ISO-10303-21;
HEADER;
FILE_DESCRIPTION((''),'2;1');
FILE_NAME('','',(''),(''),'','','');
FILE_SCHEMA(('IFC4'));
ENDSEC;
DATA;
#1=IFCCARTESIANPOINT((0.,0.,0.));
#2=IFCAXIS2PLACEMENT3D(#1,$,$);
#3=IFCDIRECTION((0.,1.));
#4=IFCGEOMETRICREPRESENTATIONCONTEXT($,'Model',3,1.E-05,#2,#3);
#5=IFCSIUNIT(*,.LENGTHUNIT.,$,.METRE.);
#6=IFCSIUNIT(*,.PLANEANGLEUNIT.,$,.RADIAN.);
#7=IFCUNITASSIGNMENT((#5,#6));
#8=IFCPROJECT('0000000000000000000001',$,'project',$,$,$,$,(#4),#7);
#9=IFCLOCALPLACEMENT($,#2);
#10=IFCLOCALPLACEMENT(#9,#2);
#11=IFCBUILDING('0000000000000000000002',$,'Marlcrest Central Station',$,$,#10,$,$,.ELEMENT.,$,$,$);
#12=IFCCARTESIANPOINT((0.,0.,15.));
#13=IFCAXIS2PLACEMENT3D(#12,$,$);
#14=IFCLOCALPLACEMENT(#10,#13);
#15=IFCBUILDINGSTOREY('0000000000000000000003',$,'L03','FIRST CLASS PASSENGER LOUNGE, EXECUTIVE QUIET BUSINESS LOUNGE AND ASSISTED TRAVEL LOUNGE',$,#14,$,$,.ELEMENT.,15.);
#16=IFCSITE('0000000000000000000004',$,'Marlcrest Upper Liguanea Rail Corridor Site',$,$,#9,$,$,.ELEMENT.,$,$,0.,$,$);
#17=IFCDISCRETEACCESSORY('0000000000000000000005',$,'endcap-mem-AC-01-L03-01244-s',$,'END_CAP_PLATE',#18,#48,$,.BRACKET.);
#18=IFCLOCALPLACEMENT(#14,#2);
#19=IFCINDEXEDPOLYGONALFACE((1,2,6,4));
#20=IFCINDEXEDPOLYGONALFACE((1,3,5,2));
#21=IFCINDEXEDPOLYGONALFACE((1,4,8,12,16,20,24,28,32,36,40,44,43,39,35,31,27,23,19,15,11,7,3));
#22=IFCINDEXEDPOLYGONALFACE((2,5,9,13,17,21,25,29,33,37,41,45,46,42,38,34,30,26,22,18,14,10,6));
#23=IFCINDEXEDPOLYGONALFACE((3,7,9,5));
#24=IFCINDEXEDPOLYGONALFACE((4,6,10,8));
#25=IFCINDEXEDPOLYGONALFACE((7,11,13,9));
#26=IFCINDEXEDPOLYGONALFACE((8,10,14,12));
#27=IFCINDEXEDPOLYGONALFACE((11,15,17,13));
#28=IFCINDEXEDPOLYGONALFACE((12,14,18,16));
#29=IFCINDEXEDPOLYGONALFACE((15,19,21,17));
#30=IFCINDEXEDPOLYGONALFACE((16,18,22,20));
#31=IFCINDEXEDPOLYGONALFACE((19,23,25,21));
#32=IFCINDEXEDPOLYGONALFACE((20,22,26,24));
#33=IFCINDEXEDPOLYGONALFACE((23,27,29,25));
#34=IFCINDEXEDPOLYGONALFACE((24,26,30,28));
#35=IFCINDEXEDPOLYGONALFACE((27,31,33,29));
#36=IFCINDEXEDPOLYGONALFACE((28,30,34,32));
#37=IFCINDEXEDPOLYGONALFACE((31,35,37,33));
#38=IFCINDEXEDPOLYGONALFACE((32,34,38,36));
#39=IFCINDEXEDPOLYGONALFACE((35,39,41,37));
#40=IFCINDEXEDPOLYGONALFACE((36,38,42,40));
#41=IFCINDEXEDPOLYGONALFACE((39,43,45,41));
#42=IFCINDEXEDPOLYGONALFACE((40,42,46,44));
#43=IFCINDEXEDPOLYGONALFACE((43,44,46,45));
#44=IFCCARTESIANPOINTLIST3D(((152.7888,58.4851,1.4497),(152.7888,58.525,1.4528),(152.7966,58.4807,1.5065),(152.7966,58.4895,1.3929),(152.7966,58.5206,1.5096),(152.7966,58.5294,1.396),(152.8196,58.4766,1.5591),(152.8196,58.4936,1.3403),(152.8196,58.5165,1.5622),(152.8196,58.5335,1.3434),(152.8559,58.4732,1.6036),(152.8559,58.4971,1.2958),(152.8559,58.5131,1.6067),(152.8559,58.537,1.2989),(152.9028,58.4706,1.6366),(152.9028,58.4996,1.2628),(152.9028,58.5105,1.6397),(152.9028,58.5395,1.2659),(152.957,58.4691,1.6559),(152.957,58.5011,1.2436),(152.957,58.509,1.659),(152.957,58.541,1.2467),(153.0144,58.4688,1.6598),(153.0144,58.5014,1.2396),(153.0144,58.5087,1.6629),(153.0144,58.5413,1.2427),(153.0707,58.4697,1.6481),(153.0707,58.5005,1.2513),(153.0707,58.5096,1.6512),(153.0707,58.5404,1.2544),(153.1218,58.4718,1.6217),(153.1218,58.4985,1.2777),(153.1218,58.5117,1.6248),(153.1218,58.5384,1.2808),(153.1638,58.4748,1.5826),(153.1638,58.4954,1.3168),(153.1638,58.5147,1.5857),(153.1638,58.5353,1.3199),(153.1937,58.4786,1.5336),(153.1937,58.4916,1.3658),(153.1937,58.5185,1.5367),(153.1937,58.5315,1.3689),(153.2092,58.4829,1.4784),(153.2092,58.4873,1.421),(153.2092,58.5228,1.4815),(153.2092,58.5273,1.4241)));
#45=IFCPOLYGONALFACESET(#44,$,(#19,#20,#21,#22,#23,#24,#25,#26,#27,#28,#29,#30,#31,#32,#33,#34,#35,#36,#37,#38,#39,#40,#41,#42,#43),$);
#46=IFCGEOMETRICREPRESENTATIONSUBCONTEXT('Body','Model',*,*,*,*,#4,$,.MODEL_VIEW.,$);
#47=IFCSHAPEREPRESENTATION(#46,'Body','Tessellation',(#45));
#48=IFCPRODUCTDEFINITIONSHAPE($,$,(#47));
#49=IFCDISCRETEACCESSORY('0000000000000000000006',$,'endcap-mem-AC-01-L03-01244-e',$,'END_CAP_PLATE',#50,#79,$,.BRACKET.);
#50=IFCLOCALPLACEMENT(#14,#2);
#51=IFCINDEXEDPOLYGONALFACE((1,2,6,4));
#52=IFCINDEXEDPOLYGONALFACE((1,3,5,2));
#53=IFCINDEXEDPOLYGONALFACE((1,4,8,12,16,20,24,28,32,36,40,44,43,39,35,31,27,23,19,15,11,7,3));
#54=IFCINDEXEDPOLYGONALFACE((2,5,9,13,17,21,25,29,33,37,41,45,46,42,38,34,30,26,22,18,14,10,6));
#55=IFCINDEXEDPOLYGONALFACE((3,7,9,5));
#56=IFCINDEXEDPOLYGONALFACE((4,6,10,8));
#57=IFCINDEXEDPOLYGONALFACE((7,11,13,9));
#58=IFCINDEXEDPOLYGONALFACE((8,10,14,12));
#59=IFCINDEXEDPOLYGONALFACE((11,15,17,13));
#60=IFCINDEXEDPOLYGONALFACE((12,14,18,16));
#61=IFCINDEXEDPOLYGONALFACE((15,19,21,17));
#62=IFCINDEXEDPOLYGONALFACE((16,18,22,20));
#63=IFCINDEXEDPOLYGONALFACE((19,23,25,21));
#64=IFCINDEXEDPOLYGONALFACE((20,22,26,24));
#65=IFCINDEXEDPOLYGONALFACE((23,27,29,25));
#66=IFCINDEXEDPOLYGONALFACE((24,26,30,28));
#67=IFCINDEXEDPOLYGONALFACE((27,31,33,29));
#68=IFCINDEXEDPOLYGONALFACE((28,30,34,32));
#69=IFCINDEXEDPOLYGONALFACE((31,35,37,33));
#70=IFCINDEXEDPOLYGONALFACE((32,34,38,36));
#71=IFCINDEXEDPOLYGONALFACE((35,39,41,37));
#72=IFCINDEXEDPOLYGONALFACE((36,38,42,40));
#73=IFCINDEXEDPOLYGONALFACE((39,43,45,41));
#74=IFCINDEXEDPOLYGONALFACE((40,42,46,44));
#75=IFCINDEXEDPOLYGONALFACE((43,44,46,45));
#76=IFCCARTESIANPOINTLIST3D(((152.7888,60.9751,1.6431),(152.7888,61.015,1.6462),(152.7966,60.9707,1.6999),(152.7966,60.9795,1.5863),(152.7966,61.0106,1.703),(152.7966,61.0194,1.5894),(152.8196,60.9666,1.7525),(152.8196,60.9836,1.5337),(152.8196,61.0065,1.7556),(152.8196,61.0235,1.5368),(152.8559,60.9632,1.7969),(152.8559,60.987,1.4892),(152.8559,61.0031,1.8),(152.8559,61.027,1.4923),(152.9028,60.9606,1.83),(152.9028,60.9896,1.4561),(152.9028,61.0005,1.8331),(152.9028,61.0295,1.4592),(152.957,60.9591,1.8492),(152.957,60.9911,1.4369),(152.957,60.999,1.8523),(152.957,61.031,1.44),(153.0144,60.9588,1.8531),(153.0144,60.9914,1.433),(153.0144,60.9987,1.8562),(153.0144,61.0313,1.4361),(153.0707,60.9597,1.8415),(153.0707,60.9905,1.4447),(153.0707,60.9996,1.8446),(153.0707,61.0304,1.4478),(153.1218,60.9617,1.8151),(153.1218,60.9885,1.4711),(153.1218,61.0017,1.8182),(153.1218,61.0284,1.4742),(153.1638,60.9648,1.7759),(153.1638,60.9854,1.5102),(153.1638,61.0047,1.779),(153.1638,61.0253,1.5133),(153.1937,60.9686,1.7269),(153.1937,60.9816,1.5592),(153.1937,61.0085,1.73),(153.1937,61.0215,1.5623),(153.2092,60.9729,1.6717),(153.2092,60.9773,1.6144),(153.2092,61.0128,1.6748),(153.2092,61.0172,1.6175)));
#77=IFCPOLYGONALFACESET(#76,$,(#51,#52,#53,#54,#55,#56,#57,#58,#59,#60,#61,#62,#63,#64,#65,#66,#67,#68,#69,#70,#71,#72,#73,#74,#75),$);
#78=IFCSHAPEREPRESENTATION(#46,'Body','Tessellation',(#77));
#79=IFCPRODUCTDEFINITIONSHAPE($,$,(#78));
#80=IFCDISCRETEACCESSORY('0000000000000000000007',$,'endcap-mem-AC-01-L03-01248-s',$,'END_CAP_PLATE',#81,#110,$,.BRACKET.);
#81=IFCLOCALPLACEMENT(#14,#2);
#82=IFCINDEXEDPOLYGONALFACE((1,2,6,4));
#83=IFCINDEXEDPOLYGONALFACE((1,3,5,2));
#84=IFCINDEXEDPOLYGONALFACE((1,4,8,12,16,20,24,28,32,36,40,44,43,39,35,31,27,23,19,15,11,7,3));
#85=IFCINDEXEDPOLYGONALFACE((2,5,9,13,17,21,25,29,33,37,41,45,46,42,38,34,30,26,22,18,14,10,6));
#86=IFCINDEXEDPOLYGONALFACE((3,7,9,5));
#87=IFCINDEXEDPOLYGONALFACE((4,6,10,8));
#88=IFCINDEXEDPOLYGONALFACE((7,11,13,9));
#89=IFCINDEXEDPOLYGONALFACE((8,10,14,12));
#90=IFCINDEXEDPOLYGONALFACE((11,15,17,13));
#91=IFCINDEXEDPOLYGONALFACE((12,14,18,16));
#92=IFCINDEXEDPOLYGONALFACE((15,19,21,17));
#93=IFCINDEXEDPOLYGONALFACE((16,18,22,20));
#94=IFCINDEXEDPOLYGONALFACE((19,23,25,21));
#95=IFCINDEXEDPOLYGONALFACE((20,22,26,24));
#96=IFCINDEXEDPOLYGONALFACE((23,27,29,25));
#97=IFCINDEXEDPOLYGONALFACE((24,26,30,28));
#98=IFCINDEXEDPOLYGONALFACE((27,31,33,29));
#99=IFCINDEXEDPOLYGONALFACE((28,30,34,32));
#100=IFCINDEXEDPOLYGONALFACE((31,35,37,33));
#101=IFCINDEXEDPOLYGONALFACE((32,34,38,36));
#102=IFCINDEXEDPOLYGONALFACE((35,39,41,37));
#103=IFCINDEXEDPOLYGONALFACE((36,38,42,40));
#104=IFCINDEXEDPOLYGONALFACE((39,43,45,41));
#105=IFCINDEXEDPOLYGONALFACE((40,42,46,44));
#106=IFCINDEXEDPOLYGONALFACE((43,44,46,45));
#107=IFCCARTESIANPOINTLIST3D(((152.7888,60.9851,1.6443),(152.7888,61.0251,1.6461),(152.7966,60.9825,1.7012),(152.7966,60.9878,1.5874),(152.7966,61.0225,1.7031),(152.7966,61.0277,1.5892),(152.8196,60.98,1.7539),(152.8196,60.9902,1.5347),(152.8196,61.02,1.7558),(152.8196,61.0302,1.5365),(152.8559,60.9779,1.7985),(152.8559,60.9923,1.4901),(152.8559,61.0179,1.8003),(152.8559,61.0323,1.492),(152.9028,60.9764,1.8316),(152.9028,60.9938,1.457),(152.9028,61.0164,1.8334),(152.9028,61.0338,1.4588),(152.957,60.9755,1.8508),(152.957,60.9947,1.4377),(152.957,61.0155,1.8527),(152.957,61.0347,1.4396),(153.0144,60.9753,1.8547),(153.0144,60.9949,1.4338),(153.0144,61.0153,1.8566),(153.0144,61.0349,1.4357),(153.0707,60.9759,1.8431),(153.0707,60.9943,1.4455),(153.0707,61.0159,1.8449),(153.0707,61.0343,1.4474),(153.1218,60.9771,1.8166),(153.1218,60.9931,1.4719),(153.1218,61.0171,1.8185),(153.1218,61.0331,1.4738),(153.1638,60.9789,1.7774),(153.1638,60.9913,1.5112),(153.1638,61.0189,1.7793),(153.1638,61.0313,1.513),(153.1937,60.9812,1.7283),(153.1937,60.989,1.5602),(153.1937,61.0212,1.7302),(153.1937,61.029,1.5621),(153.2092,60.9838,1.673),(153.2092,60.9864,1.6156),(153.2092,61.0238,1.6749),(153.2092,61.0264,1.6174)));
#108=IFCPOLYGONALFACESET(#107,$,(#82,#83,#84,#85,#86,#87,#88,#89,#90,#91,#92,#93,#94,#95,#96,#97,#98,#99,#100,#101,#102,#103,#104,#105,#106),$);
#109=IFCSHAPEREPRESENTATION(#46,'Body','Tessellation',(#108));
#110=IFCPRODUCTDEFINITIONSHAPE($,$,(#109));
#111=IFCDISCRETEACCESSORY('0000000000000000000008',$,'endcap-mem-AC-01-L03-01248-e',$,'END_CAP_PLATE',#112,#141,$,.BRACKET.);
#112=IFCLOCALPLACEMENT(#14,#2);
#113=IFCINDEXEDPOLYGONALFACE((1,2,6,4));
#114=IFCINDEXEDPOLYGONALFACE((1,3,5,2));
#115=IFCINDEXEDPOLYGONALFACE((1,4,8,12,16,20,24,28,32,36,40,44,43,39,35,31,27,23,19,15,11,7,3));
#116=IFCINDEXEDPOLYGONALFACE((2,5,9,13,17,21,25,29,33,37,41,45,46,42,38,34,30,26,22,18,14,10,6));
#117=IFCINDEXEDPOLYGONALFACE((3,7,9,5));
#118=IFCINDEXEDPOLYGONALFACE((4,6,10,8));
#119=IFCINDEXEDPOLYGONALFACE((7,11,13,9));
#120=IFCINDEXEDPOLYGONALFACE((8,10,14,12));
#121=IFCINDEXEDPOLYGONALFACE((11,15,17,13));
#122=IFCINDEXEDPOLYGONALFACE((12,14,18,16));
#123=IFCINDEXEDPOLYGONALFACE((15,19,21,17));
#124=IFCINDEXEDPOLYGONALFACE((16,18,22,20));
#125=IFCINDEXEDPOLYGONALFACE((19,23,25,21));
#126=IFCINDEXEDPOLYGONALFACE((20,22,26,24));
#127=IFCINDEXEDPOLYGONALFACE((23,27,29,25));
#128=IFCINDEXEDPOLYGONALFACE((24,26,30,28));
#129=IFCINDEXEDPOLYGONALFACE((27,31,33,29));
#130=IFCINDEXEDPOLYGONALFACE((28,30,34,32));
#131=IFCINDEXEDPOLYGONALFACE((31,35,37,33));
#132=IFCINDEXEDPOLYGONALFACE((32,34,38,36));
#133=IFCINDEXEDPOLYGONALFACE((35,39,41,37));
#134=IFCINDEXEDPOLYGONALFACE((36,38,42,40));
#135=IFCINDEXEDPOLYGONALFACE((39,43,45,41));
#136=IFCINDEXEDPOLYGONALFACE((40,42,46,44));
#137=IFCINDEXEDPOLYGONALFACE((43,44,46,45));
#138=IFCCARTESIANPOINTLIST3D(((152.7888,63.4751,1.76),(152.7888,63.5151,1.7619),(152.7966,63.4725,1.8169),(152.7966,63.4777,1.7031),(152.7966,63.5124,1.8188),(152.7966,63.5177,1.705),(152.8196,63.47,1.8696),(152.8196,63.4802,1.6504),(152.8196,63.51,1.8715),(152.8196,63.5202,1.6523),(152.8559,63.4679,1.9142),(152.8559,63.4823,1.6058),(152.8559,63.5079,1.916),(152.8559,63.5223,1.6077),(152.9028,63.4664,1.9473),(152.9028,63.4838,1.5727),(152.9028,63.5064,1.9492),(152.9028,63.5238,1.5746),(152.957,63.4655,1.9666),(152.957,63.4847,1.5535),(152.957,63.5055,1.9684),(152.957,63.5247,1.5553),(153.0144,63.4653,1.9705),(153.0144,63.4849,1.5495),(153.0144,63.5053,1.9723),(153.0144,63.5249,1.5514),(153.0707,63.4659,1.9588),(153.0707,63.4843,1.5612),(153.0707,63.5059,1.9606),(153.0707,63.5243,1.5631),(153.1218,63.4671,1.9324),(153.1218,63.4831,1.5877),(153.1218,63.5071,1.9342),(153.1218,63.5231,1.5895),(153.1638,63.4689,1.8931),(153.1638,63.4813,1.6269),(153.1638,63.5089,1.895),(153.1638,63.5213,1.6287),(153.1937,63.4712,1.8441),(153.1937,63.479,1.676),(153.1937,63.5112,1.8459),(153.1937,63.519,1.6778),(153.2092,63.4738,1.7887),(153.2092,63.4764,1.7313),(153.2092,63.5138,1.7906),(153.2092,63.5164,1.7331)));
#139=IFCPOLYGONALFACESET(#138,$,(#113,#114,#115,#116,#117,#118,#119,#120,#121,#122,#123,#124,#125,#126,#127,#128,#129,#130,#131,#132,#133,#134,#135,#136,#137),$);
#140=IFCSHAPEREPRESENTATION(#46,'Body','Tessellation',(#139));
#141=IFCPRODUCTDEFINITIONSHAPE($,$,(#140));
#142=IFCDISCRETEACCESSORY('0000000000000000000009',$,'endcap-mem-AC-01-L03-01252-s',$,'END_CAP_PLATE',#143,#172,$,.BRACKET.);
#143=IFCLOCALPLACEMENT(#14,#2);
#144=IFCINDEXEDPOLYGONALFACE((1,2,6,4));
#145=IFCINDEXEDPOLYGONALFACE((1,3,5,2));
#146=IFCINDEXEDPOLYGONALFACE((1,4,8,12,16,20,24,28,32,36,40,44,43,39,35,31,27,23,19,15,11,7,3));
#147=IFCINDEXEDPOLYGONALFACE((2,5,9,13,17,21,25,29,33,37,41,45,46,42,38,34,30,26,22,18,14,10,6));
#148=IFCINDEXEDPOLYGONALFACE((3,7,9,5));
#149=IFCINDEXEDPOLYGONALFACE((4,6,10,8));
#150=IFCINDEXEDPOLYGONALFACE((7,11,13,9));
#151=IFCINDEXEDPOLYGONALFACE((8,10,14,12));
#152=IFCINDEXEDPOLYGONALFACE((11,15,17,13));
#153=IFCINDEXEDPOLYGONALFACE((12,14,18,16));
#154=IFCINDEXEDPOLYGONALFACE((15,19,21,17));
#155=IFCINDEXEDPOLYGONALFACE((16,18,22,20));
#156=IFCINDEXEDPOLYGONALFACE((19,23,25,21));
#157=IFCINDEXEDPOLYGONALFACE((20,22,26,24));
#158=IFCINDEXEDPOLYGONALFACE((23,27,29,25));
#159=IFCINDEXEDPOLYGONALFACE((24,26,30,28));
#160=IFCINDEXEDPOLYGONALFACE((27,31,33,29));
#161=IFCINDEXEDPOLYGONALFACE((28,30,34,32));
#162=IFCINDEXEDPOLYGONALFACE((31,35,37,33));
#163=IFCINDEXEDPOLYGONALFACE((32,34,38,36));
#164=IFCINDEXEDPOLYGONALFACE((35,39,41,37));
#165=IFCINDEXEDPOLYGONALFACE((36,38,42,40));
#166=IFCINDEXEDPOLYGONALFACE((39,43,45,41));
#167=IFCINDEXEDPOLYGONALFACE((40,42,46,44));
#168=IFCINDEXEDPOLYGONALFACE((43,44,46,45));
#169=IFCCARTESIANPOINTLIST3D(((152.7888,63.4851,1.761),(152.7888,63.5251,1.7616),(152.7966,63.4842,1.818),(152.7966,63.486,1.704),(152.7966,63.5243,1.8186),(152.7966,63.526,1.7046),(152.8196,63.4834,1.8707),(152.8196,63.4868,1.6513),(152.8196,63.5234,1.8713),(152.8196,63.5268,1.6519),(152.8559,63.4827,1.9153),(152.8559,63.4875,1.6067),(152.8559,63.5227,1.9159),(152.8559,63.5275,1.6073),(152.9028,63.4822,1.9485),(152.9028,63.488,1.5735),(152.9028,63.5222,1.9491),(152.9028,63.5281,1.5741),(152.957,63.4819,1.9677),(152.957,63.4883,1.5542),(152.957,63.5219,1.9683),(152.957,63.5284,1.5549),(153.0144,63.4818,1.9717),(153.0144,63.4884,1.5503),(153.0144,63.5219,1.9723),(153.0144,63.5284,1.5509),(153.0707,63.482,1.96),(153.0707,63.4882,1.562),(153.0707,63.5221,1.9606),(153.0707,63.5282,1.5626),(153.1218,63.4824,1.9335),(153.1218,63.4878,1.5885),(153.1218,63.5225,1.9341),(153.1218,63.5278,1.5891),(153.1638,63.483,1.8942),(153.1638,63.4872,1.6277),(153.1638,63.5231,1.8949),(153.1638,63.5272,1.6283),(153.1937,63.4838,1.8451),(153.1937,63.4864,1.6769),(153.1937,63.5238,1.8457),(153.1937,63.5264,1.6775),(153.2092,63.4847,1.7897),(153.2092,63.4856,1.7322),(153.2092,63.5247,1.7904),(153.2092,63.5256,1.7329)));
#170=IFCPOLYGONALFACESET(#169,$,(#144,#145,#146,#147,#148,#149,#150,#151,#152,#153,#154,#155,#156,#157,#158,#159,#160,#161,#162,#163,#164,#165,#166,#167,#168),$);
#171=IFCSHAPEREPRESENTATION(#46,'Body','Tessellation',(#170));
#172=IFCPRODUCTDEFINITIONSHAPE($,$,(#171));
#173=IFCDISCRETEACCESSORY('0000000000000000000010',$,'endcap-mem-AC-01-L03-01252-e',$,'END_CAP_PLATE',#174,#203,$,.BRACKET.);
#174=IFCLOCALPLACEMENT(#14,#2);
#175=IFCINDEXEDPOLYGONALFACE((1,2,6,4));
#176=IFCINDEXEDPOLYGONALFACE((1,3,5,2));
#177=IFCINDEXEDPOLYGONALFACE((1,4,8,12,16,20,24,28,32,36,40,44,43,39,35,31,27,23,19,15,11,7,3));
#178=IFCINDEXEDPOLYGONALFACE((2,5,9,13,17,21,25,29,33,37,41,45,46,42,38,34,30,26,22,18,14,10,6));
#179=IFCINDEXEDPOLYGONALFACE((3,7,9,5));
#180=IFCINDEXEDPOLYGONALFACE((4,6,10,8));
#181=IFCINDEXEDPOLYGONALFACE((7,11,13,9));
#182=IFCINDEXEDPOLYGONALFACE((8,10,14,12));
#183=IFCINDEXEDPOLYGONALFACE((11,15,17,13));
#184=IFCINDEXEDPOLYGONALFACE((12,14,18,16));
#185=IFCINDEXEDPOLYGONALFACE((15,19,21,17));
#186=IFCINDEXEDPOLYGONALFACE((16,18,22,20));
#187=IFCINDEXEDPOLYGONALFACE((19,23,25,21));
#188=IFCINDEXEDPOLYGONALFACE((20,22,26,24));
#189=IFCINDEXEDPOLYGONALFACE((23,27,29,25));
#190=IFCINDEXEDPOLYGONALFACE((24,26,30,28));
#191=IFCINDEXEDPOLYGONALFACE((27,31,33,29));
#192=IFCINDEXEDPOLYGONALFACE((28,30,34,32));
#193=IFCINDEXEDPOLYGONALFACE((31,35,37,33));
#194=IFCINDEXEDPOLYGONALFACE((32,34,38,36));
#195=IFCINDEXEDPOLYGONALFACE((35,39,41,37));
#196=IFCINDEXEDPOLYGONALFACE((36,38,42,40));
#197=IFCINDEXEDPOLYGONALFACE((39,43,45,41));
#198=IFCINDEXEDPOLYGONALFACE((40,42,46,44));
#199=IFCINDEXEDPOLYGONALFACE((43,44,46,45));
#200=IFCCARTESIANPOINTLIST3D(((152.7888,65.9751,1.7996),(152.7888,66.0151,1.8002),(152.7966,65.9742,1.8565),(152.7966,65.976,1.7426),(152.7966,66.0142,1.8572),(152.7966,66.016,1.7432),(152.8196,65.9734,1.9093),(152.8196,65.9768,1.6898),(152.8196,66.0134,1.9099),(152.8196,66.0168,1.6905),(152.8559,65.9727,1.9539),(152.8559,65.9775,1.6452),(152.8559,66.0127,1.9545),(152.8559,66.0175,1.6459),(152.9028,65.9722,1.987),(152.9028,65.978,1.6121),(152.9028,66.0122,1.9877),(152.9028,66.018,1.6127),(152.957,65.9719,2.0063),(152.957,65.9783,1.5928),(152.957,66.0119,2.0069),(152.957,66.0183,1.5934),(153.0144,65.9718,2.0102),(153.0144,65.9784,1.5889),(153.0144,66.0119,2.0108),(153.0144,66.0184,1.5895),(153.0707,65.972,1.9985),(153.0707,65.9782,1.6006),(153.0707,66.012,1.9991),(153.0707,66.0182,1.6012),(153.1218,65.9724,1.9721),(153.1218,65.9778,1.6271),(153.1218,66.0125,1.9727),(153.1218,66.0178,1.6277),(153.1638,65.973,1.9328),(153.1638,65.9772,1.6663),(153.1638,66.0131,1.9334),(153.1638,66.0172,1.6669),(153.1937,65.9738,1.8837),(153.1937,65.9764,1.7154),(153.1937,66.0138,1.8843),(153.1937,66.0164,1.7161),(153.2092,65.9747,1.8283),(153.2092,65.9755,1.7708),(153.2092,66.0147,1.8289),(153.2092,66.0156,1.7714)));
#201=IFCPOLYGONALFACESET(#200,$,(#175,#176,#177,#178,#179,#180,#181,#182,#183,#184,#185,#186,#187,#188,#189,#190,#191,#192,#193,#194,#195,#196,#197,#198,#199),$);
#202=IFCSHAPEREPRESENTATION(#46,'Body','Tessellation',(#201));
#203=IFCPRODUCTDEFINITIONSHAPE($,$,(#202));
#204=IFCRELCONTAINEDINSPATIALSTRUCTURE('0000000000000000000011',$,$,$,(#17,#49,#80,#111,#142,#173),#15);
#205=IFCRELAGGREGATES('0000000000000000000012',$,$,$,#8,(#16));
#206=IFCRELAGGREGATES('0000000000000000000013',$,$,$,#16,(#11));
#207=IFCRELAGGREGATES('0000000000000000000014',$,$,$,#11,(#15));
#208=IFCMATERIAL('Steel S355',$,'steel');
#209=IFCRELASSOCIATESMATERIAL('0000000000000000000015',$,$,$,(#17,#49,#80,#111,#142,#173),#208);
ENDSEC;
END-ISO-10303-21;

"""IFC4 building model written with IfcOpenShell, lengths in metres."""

from ifc_helpers import new_model, si_unit, direction, frame, origin, origin_2d, place, context, subcontext, project, spatial, circle, extrude, material, element, save


model = new_model("IFC4")

# Units and contexts
model_context = context("Model", 3, precision=1e-05, world=origin(), true_north=direction((0.0, 1.0)))
body_context = subcontext(model_context, "Body", "Model", "MODEL_VIEW")
ifc_project = project(units=[si_unit("LENGTHUNIT", "METRE"), si_unit("PLANEANGLEUNIT", "RADIAN")], contexts=[model_context])

# Site, building, storey
site_placement = place(None, origin())
site = spatial("IfcSite", under=ifc_project, at=site_placement, Name="Marlcrest Upper Liguanea Rail Corridor Site", CompositionType="ELEMENT", RefElevation=0.0)
building_placement = place(site_placement, origin())
building = spatial("IfcBuilding", under=site, at=building_placement, Name="Marlcrest Central Station", CompositionType="ELEMENT")
storey_placement = place(building_placement, frame((0.0, 0.0, 15.0)))
storey = spatial("IfcBuildingStorey", under=building, at=storey_placement, Name="L03", Description="FIRST CLASS PASSENGER LOUNGE, EXECUTIVE QUIET BUSINESS LOUNGE AND ASSISTED TRAVEL LOUNGE", CompositionType="ELEMENT", Elevation=15.0)

# Shared definitions
ifc_material_1 = material(Name="Steel S355", Category="steel")

# Discrete accessories
for number, where, z_axis, x_axis, name in (
    (1, (153.0, 58.4851, 1.4497), (0.0, 0.997, 0.077404), (-1.0, 0.0, 0.0), "endcap-mem-AC-01-L03-01244-s"),
    (2, (153.0, 60.9751, 1.6431), (0.0, 0.997, 0.077404), (-1.0, 0.0, 0.0), "endcap-mem-AC-01-L03-01244-e"),
    (3, (153.0, 60.9851, 1.6443), (0.0, 0.998921, 0.046434), (-1.0, 0.0, 0.0), "endcap-mem-AC-01-L03-01248-s"),
    (4, (153.0, 63.4751, 1.76), (0.0, 0.998921, 0.046434), (-1.0, 0.0, 0.0), "endcap-mem-AC-01-L03-01248-e"),
    (5, (153.0, 63.4851, 1.761), (0.0, 0.999879, 0.015525), (-1.0, 0.0, 0.0), "endcap-mem-AC-01-L03-01252-s"),
    (6, (153.0, 65.9751, 1.7996), (0.0, 0.999879, 0.015525), (-1.0, 0.0, 0.0), "endcap-mem-AC-01-L03-01252-e"),
):
    element("IfcDiscreteAccessory", number, at=place(storey_placement, frame(where, z_axis=z_axis, x_axis=x_axis)), inside=storey, material=ifc_material_1, Name=name, ObjectType="END_CAP_PLATE", PredefinedType="BRACKET", context=body_context, shape_type="SweptSolid", body=[
        extrude(circle(Radius=0.2112, at=origin_2d()), origin(), (0.0, 0.0, 1.0), 0.04),
    ])

save(model, "model.ifc")
